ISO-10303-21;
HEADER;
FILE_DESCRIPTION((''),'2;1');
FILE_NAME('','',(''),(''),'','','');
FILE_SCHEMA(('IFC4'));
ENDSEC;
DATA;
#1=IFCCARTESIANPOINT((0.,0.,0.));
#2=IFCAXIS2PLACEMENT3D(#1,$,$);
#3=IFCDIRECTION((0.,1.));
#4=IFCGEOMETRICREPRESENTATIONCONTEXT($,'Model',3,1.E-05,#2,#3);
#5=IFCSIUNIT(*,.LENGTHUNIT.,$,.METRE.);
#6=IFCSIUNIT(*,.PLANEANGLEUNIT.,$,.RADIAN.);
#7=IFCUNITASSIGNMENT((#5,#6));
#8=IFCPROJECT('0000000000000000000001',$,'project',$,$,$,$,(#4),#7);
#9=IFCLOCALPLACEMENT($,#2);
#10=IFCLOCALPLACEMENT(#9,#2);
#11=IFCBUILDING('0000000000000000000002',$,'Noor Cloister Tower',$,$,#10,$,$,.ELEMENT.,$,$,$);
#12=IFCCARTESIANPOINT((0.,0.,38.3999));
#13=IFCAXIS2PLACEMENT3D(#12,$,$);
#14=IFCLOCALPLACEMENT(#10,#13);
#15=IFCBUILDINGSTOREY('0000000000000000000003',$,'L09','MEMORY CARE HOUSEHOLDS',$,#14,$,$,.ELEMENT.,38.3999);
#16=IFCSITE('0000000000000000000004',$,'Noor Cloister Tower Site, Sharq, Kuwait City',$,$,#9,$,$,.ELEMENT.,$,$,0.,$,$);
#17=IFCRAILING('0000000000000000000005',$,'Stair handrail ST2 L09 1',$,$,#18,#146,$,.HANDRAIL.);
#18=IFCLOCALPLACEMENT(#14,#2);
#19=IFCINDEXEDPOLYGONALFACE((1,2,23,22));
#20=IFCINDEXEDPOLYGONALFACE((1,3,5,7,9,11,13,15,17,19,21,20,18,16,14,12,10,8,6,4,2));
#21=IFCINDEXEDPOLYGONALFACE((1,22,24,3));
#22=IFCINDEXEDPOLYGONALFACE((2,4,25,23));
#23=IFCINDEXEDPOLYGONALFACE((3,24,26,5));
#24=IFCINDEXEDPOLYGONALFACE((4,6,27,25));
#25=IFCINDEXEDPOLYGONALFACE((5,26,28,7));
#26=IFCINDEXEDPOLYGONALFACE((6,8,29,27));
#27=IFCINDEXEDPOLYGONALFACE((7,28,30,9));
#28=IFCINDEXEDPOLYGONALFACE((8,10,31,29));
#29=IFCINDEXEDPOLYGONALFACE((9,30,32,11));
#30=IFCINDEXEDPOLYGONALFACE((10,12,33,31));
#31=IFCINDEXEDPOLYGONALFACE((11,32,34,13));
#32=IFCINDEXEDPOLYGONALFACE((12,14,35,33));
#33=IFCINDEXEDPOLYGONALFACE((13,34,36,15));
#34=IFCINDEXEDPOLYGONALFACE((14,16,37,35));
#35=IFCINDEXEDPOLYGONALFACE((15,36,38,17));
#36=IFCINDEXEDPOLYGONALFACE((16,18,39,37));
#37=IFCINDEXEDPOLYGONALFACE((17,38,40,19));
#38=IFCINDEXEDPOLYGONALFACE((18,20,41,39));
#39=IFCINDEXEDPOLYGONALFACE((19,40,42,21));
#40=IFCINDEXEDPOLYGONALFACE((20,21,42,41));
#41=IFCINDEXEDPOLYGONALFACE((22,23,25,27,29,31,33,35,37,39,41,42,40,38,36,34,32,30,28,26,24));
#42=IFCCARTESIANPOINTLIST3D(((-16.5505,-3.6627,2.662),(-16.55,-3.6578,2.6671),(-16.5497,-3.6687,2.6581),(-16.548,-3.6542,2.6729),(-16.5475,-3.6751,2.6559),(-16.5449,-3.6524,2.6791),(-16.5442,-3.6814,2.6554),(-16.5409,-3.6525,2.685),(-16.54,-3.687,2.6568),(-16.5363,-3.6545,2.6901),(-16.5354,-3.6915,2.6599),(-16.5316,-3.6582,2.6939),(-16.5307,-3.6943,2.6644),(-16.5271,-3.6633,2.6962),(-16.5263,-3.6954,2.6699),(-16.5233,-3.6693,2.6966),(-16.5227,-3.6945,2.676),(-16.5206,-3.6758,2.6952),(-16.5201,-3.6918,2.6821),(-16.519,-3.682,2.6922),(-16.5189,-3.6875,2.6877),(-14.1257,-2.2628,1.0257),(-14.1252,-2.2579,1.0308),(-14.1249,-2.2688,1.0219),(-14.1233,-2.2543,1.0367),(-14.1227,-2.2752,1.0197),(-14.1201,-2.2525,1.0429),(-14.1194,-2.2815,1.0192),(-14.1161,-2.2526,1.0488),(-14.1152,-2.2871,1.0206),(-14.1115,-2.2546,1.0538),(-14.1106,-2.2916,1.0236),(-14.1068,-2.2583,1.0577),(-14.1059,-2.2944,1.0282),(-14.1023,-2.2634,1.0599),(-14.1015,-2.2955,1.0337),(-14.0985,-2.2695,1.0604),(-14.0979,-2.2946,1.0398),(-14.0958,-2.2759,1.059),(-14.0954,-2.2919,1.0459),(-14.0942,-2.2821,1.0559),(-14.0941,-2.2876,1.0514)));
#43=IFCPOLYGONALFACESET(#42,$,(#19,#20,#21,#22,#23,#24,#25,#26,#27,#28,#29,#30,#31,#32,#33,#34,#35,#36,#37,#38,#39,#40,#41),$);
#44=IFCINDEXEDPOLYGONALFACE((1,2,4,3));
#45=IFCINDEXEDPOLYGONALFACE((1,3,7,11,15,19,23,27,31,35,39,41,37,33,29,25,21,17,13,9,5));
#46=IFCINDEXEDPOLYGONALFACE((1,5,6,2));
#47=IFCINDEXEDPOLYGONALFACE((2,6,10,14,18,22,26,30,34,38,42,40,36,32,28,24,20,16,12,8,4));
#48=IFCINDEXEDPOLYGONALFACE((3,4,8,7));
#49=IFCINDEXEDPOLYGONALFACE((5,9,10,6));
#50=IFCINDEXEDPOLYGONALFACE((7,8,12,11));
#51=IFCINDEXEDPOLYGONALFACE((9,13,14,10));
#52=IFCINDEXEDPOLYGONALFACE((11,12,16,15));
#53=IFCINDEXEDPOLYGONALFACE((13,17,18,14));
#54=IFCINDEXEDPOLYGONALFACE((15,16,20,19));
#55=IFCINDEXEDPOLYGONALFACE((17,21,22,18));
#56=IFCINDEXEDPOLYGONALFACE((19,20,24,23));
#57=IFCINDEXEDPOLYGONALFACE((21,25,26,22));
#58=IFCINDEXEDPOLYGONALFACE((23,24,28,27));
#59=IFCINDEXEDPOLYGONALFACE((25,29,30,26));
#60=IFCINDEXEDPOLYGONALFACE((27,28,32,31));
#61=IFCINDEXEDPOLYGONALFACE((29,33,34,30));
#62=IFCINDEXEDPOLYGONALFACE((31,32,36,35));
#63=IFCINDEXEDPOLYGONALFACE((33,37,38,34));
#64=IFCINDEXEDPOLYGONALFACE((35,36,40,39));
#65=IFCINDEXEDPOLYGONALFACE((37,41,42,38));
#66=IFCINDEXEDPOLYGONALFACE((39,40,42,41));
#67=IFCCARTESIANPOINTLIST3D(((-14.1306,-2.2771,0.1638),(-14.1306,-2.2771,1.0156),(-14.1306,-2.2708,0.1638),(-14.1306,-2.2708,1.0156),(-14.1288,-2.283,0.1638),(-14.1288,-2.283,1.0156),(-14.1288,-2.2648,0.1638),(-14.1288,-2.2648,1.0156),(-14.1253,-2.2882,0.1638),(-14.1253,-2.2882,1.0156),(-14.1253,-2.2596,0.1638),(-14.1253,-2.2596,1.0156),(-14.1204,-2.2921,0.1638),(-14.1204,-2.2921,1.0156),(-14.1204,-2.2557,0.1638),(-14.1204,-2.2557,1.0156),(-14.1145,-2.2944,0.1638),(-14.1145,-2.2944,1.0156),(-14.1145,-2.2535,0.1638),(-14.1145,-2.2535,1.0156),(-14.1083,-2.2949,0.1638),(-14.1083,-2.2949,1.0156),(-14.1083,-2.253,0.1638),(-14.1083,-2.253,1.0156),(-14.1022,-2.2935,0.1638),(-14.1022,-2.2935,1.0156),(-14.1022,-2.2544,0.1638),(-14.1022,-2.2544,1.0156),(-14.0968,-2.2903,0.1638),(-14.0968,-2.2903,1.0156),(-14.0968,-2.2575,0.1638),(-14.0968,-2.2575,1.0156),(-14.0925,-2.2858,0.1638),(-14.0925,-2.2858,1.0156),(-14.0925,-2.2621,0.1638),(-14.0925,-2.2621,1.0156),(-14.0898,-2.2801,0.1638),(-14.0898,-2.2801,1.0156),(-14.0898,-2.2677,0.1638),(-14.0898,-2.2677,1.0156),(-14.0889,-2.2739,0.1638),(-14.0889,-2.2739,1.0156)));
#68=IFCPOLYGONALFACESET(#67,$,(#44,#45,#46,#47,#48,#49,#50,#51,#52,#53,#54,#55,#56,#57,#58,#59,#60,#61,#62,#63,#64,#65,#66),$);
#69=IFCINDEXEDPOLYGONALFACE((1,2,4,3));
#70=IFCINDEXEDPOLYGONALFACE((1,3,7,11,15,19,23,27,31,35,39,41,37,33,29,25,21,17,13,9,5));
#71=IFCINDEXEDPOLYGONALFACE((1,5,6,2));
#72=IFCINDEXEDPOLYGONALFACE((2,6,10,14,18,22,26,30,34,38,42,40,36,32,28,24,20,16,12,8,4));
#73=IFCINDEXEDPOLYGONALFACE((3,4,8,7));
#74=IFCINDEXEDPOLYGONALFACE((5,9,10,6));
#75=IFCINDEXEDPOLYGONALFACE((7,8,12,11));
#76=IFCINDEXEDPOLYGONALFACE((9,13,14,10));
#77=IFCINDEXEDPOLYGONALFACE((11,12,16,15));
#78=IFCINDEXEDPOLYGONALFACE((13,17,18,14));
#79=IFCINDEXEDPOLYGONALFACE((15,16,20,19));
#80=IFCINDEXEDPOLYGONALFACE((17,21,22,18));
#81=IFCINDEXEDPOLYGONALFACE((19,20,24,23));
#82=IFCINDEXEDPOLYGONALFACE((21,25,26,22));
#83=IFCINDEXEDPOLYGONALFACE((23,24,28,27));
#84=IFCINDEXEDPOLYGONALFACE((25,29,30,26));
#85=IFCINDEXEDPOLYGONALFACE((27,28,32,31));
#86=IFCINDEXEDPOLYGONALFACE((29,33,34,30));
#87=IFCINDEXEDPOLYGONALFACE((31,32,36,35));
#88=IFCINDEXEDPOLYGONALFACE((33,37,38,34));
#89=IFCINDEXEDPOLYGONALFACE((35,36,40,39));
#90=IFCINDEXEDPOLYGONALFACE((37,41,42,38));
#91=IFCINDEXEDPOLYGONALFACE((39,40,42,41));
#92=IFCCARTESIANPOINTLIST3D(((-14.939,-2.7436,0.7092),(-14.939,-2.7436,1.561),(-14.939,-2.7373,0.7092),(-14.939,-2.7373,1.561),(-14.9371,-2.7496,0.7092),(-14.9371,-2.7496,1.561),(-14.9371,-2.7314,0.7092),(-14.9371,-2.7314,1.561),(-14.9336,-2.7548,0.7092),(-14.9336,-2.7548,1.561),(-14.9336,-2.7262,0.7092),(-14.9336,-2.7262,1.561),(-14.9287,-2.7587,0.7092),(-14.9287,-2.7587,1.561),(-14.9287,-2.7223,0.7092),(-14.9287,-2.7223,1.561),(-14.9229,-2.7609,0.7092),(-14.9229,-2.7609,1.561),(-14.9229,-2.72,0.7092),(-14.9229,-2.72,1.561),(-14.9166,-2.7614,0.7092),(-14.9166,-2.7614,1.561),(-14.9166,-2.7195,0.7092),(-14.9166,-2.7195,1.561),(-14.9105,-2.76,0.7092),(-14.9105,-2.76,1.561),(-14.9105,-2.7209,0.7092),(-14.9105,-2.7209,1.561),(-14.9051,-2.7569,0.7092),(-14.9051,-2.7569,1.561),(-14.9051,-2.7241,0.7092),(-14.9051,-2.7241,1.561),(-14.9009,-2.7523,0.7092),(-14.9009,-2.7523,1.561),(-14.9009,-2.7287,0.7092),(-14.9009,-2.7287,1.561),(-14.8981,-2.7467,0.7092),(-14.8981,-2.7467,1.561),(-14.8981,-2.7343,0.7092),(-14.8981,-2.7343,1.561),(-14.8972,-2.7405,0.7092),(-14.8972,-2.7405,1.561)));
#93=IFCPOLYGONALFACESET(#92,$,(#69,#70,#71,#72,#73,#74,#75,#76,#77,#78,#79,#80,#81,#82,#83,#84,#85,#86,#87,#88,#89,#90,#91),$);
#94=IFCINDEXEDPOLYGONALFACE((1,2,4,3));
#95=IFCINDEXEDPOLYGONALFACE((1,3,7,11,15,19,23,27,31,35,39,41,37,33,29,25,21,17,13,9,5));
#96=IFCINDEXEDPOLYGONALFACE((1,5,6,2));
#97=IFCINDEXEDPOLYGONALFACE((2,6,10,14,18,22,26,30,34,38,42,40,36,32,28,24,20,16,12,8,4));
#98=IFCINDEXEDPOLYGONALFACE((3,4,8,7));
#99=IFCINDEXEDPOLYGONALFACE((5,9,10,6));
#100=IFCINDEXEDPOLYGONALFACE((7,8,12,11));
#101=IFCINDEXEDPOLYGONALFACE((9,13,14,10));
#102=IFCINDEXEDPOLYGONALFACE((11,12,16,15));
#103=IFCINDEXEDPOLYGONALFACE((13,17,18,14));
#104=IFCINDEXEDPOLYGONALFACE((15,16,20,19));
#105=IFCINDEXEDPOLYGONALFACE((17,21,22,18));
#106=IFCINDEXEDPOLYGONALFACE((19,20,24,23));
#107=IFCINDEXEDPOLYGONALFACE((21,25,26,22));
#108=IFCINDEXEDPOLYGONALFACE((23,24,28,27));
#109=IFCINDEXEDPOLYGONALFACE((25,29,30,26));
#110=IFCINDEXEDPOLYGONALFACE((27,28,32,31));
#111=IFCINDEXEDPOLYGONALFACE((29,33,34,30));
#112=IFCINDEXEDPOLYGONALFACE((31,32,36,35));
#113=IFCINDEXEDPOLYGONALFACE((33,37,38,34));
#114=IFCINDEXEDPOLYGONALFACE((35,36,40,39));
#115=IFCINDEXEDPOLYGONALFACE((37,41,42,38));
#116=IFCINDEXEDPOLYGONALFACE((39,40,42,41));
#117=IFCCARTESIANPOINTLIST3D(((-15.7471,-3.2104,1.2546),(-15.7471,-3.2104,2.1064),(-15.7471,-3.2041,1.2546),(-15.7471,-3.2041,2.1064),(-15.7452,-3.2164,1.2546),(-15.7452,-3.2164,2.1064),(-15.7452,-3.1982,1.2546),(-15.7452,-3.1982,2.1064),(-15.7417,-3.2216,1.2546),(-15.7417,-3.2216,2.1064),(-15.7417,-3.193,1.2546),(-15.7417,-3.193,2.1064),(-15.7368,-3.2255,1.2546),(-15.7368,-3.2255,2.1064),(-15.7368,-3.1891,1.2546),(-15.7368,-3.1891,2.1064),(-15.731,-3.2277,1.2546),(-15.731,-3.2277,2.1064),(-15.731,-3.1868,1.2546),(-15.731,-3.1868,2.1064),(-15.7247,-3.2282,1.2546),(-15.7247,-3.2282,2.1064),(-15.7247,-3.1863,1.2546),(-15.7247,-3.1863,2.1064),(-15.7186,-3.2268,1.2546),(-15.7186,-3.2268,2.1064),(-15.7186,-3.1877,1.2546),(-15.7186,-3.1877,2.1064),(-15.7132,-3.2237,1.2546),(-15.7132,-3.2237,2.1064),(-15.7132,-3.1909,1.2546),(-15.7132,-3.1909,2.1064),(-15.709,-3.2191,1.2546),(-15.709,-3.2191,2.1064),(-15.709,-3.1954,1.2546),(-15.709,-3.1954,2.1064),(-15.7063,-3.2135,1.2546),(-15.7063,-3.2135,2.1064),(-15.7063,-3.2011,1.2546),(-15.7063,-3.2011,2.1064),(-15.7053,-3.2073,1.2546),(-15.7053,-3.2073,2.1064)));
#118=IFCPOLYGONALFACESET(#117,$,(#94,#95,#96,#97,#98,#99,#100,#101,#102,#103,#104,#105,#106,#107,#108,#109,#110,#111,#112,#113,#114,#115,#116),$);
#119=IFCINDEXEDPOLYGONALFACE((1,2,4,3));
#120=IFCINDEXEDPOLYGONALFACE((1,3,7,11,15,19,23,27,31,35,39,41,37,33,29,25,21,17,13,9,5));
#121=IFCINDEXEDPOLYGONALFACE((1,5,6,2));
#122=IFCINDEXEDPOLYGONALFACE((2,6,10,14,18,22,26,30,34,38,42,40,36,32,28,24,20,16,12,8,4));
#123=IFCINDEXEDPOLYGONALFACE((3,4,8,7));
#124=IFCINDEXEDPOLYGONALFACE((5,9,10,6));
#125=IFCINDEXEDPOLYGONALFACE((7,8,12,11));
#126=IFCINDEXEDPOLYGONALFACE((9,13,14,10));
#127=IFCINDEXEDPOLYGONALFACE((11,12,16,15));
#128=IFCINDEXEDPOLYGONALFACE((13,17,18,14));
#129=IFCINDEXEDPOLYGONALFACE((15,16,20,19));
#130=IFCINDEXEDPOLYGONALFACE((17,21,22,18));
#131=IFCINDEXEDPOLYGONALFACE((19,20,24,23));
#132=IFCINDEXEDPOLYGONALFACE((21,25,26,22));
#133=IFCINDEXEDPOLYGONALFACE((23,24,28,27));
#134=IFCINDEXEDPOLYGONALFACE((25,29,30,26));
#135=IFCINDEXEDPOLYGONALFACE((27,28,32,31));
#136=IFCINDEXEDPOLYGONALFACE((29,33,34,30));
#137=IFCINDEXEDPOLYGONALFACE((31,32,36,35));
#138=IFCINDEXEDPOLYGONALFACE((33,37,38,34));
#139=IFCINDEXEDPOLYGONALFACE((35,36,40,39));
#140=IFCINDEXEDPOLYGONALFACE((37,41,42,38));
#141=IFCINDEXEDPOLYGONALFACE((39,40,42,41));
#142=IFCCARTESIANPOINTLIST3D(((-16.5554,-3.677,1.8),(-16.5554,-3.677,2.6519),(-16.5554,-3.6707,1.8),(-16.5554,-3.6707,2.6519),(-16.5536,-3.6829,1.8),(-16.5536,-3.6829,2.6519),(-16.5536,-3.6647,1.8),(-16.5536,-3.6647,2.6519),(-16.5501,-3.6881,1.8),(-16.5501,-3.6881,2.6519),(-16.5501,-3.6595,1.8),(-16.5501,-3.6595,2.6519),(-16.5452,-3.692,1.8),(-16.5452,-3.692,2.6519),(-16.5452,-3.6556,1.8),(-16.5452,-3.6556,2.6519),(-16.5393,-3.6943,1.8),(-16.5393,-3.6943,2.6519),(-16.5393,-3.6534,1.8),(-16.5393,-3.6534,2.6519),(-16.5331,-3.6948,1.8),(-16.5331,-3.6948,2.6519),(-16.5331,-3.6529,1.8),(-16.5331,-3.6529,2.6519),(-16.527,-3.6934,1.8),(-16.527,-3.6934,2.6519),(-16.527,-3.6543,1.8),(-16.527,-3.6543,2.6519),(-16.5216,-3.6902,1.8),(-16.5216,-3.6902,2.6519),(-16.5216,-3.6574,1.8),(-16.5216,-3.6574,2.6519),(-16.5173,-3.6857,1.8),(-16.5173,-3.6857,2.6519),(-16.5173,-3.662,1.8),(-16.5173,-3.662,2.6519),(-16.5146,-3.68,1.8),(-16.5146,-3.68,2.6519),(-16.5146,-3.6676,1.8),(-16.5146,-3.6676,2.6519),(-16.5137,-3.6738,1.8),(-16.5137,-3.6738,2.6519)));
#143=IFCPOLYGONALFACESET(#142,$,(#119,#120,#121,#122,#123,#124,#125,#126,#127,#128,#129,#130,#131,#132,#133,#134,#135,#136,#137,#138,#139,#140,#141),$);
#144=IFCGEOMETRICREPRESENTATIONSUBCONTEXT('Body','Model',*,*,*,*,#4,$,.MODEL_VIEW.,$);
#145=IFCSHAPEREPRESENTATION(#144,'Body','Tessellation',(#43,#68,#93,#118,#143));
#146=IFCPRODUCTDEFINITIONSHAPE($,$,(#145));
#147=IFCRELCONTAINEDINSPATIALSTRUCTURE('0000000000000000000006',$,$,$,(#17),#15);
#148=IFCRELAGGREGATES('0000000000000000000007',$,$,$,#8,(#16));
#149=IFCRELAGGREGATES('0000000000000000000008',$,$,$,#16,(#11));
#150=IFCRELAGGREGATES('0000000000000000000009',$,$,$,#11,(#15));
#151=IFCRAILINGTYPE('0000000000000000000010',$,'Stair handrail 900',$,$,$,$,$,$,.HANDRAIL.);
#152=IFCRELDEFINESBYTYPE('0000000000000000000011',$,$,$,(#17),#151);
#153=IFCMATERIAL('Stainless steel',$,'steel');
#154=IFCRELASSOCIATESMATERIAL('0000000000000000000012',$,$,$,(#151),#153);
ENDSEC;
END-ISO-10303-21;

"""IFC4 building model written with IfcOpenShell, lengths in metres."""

from ifc_helpers import new_model, si_unit, direction, frame, origin, origin_2d, place, context, subcontext, project, spatial, circle, extrude, material, type_object, element, save


model = new_model("IFC4")

# Units and contexts
model_context = context("Model", 3, precision=1e-05, world=origin(), true_north=direction((0.0, 1.0)))
body_context = subcontext(model_context, "Body", "Model", "MODEL_VIEW")
ifc_project = project(units=[si_unit("LENGTHUNIT", "METRE"), si_unit("PLANEANGLEUNIT", "RADIAN")], contexts=[model_context])

# Site, building, storey
site_placement = place(None, origin())
site = spatial("IfcSite", under=ifc_project, at=site_placement, Name="Noor Cloister Tower Site, Sharq, Kuwait City", CompositionType="ELEMENT", RefElevation=0.0)
building_placement = place(site_placement, origin())
building = spatial("IfcBuilding", under=site, at=building_placement, Name="Noor Cloister Tower", CompositionType="ELEMENT")
storey_placement = place(building_placement, frame((0.0, 0.0, 38.3999)))
storey = spatial("IfcBuildingStorey", under=building, at=storey_placement, Name="L09", Description="MEMORY CARE HOUSEHOLDS", CompositionType="ELEMENT", Elevation=38.3999)

# Railing
ifc_material_1 = material(Name="Stainless steel", Category="steel")
railing_type = type_object("IfcRailingType", Name="Stair handrail 900", PredefinedType="HANDRAIL", material=ifc_material_1)
railing_1_placement = place(storey_placement, frame((-14.1099, -2.2739, 0.1638)))
element("IfcRailing", 1, at=railing_1_placement, inside=storey, type_object=railing_type, Name="Stair handrail ST2 L09 1", PredefinedType="HANDRAIL", context=body_context, shape_type="SweptSolid", body=[
    extrude(circle(Radius=0.0239, at=origin_2d()), frame((0.0, 0.0, 0.876), z_axis=(-0.747718, -0.431677, 0.504552), x_axis=(0.499984, -0.866035, 0.0)), (0.0, 0.0, 1.0), 3.2429),
    extrude(circle(Radius=0.021, at=origin_2d()), origin(), (0.0, 0.0, 1.0), 0.8518),
    extrude(circle(Radius=0.021, at=origin_2d()), frame((-0.8083, -0.4666, 0.5454)), (0.0, 0.0, 1.0), 0.8518),
    extrude(circle(Radius=0.021, at=origin_2d()), frame((-1.6165, -0.9333, 1.0908)), (0.0, 0.0, 1.0), 0.8518),
    extrude(circle(Radius=0.021, at=origin_2d()), frame((-2.4248, -1.3999, 1.6362)), (0.0, 0.0, 1.0), 0.8518),
])

save(model, "model.ifc")
